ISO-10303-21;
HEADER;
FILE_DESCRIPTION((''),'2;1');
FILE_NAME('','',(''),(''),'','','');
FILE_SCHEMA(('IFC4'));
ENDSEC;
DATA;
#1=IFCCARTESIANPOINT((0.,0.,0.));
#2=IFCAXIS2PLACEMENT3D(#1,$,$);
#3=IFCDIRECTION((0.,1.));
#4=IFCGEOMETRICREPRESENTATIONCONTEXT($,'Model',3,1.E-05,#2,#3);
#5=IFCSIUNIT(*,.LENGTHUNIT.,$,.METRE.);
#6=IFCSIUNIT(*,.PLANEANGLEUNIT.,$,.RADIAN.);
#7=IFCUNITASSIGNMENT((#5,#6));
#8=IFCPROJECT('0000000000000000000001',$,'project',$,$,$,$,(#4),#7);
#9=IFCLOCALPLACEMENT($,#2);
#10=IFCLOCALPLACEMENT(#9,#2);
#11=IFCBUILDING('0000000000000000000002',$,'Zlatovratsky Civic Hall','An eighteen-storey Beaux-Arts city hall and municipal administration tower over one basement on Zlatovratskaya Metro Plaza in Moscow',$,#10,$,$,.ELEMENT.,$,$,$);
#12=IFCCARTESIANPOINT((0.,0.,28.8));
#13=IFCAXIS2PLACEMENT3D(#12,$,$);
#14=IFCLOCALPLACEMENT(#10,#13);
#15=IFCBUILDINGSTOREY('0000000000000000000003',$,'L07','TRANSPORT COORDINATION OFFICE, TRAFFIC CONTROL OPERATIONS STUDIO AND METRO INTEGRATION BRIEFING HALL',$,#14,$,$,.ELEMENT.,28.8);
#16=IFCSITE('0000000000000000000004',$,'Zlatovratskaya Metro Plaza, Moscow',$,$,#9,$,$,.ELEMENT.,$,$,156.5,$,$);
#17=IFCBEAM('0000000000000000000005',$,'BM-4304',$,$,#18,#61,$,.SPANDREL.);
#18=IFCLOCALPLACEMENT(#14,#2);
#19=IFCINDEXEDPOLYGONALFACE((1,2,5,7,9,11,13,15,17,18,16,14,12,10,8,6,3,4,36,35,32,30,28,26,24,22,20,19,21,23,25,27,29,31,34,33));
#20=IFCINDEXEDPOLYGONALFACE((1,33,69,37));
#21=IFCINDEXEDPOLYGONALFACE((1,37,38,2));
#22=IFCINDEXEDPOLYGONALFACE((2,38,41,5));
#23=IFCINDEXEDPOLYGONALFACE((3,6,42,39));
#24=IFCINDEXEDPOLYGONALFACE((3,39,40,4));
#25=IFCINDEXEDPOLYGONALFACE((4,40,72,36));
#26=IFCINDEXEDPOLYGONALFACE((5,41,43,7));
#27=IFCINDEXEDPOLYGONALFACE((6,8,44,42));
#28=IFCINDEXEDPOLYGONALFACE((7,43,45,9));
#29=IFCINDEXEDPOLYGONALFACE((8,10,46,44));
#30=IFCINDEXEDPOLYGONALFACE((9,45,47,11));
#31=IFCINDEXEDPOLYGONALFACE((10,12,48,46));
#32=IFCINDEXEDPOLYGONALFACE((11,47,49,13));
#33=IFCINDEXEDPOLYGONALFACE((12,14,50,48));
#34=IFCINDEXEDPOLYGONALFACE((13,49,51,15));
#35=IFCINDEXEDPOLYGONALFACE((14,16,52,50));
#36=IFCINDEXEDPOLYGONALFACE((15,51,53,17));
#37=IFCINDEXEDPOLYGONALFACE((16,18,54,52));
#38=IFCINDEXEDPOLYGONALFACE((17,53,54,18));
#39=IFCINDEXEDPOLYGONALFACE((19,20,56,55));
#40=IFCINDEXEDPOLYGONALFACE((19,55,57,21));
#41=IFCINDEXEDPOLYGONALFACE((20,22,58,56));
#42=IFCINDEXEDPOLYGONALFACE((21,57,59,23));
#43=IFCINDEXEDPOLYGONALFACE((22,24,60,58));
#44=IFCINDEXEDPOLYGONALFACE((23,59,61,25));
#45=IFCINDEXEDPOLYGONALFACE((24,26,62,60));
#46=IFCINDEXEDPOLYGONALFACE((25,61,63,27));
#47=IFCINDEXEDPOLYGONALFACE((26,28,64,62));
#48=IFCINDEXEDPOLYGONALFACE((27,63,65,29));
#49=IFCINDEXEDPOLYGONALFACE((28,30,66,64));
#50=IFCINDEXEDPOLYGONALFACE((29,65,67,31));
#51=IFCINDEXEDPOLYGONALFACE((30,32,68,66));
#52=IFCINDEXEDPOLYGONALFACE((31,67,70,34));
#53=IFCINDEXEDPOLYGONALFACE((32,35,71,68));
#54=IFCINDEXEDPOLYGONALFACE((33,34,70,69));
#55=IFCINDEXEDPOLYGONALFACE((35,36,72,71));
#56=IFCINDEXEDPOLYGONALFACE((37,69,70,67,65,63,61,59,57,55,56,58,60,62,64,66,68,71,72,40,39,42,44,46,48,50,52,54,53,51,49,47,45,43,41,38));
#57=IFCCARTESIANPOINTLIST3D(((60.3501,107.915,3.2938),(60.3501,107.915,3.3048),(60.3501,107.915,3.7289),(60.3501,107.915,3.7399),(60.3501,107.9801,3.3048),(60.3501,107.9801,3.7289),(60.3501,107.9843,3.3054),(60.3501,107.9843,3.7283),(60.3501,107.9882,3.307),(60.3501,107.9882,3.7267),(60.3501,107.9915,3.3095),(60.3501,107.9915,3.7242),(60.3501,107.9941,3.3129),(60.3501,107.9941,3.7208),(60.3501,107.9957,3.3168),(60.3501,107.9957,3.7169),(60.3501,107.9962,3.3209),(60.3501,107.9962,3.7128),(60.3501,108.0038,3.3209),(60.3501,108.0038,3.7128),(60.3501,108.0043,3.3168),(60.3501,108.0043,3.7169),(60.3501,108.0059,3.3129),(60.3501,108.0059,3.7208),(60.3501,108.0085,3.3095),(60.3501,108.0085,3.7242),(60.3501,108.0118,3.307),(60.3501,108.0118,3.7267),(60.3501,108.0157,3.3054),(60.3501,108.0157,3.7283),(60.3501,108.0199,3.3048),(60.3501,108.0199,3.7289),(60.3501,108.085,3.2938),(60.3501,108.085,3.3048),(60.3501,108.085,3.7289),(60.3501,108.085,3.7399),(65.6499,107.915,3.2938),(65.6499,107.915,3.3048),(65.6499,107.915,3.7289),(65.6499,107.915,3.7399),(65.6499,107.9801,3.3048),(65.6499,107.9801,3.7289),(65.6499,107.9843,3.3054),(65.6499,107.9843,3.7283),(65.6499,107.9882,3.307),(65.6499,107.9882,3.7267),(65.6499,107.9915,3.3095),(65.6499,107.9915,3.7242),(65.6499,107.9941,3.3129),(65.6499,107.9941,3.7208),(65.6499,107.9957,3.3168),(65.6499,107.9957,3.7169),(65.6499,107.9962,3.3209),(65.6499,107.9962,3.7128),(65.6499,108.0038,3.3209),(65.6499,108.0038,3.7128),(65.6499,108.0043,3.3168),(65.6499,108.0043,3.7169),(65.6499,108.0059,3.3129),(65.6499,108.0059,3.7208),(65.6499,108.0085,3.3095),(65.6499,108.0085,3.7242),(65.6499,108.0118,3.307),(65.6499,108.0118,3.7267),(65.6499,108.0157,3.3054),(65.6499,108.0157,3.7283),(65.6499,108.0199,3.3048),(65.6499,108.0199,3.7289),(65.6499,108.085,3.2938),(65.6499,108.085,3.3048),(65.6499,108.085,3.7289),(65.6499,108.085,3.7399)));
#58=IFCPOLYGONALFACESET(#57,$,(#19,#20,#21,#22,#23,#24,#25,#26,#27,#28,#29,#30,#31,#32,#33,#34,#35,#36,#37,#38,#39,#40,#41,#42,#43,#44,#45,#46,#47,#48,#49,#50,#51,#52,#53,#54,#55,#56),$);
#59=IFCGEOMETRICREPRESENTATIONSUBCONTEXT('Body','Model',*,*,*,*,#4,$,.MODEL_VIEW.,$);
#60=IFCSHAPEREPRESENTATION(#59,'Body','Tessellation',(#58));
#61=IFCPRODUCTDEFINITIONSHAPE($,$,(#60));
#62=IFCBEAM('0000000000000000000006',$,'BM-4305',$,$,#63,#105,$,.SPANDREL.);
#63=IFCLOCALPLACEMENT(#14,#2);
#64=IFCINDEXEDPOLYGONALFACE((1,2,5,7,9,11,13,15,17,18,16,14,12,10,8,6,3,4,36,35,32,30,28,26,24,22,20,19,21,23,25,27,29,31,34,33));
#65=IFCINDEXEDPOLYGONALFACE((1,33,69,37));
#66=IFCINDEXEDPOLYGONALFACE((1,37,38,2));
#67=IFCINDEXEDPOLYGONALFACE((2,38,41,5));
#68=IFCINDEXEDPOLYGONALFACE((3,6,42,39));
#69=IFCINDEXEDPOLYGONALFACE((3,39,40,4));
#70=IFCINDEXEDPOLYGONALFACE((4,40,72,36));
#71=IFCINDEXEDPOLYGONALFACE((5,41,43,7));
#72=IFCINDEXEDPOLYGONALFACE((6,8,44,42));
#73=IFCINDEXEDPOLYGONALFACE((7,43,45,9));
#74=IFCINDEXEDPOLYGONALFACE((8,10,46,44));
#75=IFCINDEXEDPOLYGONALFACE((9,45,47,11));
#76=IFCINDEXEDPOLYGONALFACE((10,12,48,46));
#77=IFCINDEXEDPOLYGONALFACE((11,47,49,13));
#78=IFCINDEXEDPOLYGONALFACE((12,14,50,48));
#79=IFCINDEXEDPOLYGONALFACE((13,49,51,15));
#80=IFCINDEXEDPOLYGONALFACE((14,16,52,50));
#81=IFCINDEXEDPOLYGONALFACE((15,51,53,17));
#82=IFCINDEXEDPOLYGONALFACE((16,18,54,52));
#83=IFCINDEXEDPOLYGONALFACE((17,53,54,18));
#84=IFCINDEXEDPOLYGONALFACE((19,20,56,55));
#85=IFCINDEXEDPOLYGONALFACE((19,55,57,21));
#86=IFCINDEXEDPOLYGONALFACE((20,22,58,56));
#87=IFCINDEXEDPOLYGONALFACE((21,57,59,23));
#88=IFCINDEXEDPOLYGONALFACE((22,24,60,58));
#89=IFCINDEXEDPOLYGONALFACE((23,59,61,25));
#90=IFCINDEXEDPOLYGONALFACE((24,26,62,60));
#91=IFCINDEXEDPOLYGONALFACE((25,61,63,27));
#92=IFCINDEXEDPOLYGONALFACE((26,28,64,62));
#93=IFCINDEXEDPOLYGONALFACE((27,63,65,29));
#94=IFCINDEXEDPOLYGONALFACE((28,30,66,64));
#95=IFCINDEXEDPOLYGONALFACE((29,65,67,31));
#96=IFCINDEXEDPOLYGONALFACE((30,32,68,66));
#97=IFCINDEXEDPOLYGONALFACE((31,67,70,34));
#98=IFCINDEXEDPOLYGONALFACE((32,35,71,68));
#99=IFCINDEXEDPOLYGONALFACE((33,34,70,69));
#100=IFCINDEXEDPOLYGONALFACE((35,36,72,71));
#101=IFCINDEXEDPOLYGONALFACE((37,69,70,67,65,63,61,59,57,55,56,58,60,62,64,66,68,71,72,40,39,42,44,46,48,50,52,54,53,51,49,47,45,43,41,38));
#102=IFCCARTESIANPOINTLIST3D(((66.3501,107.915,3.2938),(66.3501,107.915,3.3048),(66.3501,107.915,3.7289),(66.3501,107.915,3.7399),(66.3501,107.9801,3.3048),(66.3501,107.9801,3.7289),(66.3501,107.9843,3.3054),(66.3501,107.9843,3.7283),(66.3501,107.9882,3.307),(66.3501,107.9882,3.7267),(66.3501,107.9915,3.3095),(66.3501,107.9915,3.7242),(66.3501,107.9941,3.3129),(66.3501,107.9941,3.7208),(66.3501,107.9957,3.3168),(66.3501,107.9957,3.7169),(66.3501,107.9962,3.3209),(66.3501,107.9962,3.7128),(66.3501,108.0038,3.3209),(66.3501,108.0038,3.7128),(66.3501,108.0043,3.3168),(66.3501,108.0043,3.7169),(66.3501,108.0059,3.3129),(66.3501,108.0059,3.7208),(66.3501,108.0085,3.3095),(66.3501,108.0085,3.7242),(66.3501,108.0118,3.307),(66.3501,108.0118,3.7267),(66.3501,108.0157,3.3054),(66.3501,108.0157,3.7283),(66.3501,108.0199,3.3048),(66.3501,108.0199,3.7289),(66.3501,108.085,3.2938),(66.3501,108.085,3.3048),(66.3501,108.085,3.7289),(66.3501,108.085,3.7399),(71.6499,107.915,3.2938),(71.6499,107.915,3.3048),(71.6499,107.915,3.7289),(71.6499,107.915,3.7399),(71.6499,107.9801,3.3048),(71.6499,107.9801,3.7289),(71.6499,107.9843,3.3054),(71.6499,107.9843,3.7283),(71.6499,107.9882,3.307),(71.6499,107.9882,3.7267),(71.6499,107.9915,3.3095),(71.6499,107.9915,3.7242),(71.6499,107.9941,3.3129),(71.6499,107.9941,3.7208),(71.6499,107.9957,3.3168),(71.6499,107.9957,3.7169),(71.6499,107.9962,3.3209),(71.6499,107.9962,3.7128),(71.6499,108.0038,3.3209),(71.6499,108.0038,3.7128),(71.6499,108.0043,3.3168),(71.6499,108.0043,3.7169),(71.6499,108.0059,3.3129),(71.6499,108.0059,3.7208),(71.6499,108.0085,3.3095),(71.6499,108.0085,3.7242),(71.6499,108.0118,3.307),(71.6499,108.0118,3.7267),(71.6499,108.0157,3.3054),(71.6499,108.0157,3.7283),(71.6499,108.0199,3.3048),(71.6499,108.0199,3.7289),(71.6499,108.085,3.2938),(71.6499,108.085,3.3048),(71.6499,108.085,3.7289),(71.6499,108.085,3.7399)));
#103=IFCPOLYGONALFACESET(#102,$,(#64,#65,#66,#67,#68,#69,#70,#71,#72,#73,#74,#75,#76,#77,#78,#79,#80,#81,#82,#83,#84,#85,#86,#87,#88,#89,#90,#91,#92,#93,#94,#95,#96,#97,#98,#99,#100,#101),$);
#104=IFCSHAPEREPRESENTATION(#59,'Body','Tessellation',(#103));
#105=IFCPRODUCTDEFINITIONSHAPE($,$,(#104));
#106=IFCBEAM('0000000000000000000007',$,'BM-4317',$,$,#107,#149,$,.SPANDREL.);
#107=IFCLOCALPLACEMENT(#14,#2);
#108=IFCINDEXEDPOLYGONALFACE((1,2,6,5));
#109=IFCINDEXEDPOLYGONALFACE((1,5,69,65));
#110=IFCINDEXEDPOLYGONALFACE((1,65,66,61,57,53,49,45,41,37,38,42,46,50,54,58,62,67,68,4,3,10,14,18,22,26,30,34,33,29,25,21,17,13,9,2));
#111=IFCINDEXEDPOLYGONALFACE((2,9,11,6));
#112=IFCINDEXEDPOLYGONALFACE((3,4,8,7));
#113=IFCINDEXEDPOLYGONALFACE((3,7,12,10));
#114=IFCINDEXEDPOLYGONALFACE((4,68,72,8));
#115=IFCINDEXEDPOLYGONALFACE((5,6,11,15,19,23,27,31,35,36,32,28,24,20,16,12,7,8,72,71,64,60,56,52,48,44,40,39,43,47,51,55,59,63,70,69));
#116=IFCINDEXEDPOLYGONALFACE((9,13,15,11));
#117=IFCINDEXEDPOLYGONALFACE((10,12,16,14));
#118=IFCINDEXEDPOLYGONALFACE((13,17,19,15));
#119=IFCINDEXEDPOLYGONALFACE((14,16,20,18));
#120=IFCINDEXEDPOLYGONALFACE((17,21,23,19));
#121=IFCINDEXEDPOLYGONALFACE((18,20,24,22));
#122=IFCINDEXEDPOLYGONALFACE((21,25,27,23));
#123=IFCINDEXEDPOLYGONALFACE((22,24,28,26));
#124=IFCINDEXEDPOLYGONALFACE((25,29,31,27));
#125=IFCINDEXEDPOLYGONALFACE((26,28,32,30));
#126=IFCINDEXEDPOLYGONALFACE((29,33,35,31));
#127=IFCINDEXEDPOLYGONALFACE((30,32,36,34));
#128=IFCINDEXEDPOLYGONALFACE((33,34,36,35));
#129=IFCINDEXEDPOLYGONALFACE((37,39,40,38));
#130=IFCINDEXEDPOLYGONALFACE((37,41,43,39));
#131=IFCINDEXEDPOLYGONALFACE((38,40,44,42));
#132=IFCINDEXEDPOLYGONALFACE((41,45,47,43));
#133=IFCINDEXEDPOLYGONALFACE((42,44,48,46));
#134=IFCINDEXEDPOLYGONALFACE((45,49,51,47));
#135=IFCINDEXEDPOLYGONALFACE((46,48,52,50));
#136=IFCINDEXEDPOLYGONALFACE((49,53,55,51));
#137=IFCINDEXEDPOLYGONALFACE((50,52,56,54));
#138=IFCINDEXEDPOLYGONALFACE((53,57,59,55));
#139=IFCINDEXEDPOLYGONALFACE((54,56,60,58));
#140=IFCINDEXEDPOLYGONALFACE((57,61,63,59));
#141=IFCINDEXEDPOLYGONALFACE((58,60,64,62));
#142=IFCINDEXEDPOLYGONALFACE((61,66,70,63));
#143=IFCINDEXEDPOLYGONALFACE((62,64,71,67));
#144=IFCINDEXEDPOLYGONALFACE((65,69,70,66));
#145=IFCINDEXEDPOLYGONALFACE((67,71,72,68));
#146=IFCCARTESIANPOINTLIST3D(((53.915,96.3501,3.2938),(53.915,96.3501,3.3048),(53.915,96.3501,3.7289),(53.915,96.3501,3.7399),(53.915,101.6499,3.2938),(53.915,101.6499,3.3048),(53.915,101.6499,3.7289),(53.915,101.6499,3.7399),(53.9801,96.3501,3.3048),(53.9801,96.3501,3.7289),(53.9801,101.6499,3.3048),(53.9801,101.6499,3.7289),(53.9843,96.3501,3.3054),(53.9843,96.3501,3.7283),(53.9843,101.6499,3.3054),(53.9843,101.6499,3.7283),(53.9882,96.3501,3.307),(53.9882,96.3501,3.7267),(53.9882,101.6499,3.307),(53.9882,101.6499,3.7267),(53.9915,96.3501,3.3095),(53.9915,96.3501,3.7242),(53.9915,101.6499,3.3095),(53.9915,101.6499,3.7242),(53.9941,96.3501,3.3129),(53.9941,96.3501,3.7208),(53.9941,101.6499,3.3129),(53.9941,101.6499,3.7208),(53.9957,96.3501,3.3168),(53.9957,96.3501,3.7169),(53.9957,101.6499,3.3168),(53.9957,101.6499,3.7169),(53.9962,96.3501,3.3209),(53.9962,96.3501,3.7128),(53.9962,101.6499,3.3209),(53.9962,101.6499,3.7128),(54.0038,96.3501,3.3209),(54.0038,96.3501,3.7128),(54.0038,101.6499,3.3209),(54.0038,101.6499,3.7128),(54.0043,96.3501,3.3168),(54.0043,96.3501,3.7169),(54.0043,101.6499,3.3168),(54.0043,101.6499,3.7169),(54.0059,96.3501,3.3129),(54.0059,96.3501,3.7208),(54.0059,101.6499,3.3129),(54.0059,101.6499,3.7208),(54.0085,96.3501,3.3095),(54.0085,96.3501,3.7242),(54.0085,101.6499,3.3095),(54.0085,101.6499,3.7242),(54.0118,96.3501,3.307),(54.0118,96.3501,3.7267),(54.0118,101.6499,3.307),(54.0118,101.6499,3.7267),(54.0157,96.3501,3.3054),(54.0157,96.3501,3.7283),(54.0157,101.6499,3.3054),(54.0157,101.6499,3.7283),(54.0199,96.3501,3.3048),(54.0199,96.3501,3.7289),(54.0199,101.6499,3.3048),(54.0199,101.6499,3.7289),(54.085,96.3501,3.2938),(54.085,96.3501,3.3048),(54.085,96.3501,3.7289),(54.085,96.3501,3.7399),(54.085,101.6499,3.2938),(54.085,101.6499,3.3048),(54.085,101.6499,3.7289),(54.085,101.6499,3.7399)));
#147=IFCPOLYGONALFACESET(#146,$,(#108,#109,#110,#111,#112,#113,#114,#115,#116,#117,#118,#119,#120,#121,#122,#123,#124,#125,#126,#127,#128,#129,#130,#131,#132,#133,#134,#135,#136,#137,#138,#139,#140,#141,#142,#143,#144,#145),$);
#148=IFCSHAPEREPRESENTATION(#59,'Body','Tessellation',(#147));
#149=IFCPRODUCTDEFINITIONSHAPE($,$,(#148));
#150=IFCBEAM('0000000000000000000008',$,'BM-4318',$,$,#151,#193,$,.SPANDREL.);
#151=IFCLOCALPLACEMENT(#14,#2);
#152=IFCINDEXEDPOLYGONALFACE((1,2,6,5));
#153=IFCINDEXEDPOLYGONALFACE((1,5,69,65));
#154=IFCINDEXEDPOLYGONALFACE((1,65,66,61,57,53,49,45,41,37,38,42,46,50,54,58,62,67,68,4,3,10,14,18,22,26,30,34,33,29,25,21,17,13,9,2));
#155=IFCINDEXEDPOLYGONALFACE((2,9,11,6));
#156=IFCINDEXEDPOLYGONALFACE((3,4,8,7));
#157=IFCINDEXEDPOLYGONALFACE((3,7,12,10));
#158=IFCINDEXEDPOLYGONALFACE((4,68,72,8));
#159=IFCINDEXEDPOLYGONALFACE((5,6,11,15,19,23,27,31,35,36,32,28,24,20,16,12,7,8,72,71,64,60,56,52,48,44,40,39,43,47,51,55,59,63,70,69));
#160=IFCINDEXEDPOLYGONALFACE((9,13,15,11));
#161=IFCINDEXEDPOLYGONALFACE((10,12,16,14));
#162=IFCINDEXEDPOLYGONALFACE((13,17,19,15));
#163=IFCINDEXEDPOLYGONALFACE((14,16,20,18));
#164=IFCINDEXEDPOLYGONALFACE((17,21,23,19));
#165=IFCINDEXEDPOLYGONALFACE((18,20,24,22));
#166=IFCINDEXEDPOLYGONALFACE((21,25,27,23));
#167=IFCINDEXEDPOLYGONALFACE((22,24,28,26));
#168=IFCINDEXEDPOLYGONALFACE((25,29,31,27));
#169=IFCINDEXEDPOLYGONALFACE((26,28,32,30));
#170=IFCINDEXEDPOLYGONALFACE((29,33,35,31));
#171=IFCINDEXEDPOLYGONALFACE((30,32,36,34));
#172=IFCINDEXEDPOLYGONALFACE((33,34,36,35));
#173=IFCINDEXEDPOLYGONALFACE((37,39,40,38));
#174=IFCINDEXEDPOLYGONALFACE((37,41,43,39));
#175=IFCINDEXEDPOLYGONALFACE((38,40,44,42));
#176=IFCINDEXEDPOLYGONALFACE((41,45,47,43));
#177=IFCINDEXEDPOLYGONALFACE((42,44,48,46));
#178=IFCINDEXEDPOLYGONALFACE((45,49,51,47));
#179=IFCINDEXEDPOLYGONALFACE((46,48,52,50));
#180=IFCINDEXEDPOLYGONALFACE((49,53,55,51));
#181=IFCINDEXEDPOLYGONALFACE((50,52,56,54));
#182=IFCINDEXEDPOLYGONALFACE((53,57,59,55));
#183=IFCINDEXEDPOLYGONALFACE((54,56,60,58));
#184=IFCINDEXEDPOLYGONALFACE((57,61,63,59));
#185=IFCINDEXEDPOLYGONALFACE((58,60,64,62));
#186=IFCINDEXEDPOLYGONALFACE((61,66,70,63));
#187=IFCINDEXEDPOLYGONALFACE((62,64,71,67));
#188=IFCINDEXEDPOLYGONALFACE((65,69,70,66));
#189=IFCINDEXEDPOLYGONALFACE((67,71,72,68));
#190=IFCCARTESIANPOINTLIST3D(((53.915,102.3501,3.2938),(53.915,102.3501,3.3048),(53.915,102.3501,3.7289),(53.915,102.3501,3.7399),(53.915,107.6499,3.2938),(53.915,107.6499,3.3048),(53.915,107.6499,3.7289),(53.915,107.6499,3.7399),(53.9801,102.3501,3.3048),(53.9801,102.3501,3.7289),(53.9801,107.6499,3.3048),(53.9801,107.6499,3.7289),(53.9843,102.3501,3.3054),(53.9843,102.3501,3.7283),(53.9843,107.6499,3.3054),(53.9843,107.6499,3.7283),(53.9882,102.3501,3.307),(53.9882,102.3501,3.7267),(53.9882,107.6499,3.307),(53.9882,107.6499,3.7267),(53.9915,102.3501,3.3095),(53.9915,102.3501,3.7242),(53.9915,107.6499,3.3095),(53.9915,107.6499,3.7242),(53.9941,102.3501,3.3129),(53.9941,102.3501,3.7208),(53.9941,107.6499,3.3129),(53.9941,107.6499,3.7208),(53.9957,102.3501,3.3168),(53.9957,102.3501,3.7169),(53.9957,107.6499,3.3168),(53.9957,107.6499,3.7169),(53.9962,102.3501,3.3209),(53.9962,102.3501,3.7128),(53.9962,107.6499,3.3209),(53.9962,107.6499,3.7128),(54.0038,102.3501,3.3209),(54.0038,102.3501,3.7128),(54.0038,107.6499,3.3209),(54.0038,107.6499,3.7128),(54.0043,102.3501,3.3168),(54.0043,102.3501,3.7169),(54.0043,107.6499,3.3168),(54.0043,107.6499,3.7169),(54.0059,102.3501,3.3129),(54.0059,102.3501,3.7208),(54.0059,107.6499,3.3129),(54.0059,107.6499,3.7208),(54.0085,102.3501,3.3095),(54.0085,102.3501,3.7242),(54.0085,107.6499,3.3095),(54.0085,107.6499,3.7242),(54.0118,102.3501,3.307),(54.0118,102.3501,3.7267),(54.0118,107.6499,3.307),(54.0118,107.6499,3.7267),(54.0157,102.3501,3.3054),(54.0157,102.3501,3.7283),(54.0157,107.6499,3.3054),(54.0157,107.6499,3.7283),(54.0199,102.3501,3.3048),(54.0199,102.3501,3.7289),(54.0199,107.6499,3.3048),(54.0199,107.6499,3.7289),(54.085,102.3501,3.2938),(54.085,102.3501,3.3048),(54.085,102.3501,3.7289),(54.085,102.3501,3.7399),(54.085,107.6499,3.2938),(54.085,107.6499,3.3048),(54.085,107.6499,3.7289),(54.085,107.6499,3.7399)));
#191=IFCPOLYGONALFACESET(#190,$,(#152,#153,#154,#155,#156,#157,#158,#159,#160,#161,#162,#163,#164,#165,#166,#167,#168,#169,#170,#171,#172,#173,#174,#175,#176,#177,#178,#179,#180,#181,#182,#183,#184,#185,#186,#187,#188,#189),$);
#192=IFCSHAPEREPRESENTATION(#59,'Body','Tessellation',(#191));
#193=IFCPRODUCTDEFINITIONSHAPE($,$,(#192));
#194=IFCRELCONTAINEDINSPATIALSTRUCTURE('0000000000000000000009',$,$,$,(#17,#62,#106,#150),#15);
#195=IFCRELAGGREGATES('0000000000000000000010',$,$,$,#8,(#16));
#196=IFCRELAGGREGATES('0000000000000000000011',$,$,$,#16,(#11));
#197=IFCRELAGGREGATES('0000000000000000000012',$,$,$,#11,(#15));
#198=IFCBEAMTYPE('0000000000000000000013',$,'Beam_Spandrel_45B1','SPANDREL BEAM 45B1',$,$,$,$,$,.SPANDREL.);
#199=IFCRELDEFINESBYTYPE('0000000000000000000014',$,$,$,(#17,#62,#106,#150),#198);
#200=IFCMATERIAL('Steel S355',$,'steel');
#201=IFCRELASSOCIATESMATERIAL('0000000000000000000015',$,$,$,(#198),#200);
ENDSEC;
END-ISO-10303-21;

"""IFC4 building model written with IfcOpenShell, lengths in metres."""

from ifc_helpers import new_model, si_unit, direction, frame, origin, origin_2d, place, context, subcontext, project, spatial, i_section, extrude, material, material_profile, profile_set, type_object, element, save


model = new_model("IFC4")

# Units and contexts
model_context = context("Model", 3, precision=1e-05, world=origin(), true_north=direction((0.0, 1.0)))
body_context = subcontext(model_context, "Body", "Model", "MODEL_VIEW")
ifc_project = project(units=[si_unit("LENGTHUNIT", "METRE"), si_unit("PLANEANGLEUNIT", "RADIAN")], contexts=[model_context])

# Site, building, storey
site_placement = place(None, origin())
site = spatial("IfcSite", under=ifc_project, at=site_placement, Name="Zlatovratskaya Metro Plaza, Moscow", CompositionType="ELEMENT", RefElevation=156.5)
building_placement = place(site_placement, origin())
building = spatial("IfcBuilding", under=site, at=building_placement, Name="Zlatovratsky Civic Hall", Description="An eighteen-storey Beaux-Arts city hall and municipal administration tower over one basement on Zlatovratskaya Metro Plaza in Moscow", CompositionType="ELEMENT")
storey_placement = place(building_placement, frame((0.0, 0.0, 28.8)))
storey = spatial("IfcBuildingStorey", under=building, at=storey_placement, Name="L07", Description="TRANSPORT COORDINATION OFFICE, TRAFFIC CONTROL OPERATIONS STUDIO AND METRO INTEGRATION BRIEFING HALL", CompositionType="ELEMENT", Elevation=28.8)

# Shared definitions
ifc_material_1 = material(Name="Steel S355", Category="steel")

# Beams
ifc_material_profile_1 = material_profile(ifc_material_1, i_section(OverallWidth=0.1699, OverallDepth=0.446, WebThickness=0.0076, FlangeThickness=0.011, FilletRadius=0.0161, at=origin_2d()), Name="45B1")
ifc_profile_set_1 = profile_set([ifc_material_profile_1], Name="Steel S355")
beam_type_1 = type_object("IfcBeamType", Name="Beam_Spandrel_45B1", Description="SPANDREL BEAM 45B1", PredefinedType="SPANDREL", material=ifc_profile_set_1)
for number, where, z_axis, x_axis, name in (
    (1, (60.3501, 108.0, 3.5168), (1.0, 0.0, 0.0), (0.0, 1.0, 0.0), "BM-4304"),
    (2, (66.3501, 108.0, 3.5168), (1.0, 0.0, 0.0), (0.0, 1.0, 0.0), "BM-4305"),
    (3, (54.0, 96.3501, 3.5168), (0.0, 1.0, 0.0), (-1.0, 0.0, 0.0), "BM-4317"),
    (4, (54.0, 102.3501, 3.5168), (0.0, 1.0, 0.0), (-1.0, 0.0, 0.0), "BM-4318"),
):
    element("IfcBeam", number, at=place(storey_placement, frame(where, z_axis=z_axis, x_axis=x_axis)), inside=storey, type_object=beam_type_1, Name=name, PredefinedType="SPANDREL", context=body_context, shape_type="SweptSolid", body=[
        extrude(i_section(OverallWidth=0.1699, OverallDepth=0.446, WebThickness=0.0076, FlangeThickness=0.011, FilletRadius=0.0161, at=origin_2d()), origin(), (0.0, 0.0, 1.0), 5.2998),
    ])

save(model, "model.ifc")
